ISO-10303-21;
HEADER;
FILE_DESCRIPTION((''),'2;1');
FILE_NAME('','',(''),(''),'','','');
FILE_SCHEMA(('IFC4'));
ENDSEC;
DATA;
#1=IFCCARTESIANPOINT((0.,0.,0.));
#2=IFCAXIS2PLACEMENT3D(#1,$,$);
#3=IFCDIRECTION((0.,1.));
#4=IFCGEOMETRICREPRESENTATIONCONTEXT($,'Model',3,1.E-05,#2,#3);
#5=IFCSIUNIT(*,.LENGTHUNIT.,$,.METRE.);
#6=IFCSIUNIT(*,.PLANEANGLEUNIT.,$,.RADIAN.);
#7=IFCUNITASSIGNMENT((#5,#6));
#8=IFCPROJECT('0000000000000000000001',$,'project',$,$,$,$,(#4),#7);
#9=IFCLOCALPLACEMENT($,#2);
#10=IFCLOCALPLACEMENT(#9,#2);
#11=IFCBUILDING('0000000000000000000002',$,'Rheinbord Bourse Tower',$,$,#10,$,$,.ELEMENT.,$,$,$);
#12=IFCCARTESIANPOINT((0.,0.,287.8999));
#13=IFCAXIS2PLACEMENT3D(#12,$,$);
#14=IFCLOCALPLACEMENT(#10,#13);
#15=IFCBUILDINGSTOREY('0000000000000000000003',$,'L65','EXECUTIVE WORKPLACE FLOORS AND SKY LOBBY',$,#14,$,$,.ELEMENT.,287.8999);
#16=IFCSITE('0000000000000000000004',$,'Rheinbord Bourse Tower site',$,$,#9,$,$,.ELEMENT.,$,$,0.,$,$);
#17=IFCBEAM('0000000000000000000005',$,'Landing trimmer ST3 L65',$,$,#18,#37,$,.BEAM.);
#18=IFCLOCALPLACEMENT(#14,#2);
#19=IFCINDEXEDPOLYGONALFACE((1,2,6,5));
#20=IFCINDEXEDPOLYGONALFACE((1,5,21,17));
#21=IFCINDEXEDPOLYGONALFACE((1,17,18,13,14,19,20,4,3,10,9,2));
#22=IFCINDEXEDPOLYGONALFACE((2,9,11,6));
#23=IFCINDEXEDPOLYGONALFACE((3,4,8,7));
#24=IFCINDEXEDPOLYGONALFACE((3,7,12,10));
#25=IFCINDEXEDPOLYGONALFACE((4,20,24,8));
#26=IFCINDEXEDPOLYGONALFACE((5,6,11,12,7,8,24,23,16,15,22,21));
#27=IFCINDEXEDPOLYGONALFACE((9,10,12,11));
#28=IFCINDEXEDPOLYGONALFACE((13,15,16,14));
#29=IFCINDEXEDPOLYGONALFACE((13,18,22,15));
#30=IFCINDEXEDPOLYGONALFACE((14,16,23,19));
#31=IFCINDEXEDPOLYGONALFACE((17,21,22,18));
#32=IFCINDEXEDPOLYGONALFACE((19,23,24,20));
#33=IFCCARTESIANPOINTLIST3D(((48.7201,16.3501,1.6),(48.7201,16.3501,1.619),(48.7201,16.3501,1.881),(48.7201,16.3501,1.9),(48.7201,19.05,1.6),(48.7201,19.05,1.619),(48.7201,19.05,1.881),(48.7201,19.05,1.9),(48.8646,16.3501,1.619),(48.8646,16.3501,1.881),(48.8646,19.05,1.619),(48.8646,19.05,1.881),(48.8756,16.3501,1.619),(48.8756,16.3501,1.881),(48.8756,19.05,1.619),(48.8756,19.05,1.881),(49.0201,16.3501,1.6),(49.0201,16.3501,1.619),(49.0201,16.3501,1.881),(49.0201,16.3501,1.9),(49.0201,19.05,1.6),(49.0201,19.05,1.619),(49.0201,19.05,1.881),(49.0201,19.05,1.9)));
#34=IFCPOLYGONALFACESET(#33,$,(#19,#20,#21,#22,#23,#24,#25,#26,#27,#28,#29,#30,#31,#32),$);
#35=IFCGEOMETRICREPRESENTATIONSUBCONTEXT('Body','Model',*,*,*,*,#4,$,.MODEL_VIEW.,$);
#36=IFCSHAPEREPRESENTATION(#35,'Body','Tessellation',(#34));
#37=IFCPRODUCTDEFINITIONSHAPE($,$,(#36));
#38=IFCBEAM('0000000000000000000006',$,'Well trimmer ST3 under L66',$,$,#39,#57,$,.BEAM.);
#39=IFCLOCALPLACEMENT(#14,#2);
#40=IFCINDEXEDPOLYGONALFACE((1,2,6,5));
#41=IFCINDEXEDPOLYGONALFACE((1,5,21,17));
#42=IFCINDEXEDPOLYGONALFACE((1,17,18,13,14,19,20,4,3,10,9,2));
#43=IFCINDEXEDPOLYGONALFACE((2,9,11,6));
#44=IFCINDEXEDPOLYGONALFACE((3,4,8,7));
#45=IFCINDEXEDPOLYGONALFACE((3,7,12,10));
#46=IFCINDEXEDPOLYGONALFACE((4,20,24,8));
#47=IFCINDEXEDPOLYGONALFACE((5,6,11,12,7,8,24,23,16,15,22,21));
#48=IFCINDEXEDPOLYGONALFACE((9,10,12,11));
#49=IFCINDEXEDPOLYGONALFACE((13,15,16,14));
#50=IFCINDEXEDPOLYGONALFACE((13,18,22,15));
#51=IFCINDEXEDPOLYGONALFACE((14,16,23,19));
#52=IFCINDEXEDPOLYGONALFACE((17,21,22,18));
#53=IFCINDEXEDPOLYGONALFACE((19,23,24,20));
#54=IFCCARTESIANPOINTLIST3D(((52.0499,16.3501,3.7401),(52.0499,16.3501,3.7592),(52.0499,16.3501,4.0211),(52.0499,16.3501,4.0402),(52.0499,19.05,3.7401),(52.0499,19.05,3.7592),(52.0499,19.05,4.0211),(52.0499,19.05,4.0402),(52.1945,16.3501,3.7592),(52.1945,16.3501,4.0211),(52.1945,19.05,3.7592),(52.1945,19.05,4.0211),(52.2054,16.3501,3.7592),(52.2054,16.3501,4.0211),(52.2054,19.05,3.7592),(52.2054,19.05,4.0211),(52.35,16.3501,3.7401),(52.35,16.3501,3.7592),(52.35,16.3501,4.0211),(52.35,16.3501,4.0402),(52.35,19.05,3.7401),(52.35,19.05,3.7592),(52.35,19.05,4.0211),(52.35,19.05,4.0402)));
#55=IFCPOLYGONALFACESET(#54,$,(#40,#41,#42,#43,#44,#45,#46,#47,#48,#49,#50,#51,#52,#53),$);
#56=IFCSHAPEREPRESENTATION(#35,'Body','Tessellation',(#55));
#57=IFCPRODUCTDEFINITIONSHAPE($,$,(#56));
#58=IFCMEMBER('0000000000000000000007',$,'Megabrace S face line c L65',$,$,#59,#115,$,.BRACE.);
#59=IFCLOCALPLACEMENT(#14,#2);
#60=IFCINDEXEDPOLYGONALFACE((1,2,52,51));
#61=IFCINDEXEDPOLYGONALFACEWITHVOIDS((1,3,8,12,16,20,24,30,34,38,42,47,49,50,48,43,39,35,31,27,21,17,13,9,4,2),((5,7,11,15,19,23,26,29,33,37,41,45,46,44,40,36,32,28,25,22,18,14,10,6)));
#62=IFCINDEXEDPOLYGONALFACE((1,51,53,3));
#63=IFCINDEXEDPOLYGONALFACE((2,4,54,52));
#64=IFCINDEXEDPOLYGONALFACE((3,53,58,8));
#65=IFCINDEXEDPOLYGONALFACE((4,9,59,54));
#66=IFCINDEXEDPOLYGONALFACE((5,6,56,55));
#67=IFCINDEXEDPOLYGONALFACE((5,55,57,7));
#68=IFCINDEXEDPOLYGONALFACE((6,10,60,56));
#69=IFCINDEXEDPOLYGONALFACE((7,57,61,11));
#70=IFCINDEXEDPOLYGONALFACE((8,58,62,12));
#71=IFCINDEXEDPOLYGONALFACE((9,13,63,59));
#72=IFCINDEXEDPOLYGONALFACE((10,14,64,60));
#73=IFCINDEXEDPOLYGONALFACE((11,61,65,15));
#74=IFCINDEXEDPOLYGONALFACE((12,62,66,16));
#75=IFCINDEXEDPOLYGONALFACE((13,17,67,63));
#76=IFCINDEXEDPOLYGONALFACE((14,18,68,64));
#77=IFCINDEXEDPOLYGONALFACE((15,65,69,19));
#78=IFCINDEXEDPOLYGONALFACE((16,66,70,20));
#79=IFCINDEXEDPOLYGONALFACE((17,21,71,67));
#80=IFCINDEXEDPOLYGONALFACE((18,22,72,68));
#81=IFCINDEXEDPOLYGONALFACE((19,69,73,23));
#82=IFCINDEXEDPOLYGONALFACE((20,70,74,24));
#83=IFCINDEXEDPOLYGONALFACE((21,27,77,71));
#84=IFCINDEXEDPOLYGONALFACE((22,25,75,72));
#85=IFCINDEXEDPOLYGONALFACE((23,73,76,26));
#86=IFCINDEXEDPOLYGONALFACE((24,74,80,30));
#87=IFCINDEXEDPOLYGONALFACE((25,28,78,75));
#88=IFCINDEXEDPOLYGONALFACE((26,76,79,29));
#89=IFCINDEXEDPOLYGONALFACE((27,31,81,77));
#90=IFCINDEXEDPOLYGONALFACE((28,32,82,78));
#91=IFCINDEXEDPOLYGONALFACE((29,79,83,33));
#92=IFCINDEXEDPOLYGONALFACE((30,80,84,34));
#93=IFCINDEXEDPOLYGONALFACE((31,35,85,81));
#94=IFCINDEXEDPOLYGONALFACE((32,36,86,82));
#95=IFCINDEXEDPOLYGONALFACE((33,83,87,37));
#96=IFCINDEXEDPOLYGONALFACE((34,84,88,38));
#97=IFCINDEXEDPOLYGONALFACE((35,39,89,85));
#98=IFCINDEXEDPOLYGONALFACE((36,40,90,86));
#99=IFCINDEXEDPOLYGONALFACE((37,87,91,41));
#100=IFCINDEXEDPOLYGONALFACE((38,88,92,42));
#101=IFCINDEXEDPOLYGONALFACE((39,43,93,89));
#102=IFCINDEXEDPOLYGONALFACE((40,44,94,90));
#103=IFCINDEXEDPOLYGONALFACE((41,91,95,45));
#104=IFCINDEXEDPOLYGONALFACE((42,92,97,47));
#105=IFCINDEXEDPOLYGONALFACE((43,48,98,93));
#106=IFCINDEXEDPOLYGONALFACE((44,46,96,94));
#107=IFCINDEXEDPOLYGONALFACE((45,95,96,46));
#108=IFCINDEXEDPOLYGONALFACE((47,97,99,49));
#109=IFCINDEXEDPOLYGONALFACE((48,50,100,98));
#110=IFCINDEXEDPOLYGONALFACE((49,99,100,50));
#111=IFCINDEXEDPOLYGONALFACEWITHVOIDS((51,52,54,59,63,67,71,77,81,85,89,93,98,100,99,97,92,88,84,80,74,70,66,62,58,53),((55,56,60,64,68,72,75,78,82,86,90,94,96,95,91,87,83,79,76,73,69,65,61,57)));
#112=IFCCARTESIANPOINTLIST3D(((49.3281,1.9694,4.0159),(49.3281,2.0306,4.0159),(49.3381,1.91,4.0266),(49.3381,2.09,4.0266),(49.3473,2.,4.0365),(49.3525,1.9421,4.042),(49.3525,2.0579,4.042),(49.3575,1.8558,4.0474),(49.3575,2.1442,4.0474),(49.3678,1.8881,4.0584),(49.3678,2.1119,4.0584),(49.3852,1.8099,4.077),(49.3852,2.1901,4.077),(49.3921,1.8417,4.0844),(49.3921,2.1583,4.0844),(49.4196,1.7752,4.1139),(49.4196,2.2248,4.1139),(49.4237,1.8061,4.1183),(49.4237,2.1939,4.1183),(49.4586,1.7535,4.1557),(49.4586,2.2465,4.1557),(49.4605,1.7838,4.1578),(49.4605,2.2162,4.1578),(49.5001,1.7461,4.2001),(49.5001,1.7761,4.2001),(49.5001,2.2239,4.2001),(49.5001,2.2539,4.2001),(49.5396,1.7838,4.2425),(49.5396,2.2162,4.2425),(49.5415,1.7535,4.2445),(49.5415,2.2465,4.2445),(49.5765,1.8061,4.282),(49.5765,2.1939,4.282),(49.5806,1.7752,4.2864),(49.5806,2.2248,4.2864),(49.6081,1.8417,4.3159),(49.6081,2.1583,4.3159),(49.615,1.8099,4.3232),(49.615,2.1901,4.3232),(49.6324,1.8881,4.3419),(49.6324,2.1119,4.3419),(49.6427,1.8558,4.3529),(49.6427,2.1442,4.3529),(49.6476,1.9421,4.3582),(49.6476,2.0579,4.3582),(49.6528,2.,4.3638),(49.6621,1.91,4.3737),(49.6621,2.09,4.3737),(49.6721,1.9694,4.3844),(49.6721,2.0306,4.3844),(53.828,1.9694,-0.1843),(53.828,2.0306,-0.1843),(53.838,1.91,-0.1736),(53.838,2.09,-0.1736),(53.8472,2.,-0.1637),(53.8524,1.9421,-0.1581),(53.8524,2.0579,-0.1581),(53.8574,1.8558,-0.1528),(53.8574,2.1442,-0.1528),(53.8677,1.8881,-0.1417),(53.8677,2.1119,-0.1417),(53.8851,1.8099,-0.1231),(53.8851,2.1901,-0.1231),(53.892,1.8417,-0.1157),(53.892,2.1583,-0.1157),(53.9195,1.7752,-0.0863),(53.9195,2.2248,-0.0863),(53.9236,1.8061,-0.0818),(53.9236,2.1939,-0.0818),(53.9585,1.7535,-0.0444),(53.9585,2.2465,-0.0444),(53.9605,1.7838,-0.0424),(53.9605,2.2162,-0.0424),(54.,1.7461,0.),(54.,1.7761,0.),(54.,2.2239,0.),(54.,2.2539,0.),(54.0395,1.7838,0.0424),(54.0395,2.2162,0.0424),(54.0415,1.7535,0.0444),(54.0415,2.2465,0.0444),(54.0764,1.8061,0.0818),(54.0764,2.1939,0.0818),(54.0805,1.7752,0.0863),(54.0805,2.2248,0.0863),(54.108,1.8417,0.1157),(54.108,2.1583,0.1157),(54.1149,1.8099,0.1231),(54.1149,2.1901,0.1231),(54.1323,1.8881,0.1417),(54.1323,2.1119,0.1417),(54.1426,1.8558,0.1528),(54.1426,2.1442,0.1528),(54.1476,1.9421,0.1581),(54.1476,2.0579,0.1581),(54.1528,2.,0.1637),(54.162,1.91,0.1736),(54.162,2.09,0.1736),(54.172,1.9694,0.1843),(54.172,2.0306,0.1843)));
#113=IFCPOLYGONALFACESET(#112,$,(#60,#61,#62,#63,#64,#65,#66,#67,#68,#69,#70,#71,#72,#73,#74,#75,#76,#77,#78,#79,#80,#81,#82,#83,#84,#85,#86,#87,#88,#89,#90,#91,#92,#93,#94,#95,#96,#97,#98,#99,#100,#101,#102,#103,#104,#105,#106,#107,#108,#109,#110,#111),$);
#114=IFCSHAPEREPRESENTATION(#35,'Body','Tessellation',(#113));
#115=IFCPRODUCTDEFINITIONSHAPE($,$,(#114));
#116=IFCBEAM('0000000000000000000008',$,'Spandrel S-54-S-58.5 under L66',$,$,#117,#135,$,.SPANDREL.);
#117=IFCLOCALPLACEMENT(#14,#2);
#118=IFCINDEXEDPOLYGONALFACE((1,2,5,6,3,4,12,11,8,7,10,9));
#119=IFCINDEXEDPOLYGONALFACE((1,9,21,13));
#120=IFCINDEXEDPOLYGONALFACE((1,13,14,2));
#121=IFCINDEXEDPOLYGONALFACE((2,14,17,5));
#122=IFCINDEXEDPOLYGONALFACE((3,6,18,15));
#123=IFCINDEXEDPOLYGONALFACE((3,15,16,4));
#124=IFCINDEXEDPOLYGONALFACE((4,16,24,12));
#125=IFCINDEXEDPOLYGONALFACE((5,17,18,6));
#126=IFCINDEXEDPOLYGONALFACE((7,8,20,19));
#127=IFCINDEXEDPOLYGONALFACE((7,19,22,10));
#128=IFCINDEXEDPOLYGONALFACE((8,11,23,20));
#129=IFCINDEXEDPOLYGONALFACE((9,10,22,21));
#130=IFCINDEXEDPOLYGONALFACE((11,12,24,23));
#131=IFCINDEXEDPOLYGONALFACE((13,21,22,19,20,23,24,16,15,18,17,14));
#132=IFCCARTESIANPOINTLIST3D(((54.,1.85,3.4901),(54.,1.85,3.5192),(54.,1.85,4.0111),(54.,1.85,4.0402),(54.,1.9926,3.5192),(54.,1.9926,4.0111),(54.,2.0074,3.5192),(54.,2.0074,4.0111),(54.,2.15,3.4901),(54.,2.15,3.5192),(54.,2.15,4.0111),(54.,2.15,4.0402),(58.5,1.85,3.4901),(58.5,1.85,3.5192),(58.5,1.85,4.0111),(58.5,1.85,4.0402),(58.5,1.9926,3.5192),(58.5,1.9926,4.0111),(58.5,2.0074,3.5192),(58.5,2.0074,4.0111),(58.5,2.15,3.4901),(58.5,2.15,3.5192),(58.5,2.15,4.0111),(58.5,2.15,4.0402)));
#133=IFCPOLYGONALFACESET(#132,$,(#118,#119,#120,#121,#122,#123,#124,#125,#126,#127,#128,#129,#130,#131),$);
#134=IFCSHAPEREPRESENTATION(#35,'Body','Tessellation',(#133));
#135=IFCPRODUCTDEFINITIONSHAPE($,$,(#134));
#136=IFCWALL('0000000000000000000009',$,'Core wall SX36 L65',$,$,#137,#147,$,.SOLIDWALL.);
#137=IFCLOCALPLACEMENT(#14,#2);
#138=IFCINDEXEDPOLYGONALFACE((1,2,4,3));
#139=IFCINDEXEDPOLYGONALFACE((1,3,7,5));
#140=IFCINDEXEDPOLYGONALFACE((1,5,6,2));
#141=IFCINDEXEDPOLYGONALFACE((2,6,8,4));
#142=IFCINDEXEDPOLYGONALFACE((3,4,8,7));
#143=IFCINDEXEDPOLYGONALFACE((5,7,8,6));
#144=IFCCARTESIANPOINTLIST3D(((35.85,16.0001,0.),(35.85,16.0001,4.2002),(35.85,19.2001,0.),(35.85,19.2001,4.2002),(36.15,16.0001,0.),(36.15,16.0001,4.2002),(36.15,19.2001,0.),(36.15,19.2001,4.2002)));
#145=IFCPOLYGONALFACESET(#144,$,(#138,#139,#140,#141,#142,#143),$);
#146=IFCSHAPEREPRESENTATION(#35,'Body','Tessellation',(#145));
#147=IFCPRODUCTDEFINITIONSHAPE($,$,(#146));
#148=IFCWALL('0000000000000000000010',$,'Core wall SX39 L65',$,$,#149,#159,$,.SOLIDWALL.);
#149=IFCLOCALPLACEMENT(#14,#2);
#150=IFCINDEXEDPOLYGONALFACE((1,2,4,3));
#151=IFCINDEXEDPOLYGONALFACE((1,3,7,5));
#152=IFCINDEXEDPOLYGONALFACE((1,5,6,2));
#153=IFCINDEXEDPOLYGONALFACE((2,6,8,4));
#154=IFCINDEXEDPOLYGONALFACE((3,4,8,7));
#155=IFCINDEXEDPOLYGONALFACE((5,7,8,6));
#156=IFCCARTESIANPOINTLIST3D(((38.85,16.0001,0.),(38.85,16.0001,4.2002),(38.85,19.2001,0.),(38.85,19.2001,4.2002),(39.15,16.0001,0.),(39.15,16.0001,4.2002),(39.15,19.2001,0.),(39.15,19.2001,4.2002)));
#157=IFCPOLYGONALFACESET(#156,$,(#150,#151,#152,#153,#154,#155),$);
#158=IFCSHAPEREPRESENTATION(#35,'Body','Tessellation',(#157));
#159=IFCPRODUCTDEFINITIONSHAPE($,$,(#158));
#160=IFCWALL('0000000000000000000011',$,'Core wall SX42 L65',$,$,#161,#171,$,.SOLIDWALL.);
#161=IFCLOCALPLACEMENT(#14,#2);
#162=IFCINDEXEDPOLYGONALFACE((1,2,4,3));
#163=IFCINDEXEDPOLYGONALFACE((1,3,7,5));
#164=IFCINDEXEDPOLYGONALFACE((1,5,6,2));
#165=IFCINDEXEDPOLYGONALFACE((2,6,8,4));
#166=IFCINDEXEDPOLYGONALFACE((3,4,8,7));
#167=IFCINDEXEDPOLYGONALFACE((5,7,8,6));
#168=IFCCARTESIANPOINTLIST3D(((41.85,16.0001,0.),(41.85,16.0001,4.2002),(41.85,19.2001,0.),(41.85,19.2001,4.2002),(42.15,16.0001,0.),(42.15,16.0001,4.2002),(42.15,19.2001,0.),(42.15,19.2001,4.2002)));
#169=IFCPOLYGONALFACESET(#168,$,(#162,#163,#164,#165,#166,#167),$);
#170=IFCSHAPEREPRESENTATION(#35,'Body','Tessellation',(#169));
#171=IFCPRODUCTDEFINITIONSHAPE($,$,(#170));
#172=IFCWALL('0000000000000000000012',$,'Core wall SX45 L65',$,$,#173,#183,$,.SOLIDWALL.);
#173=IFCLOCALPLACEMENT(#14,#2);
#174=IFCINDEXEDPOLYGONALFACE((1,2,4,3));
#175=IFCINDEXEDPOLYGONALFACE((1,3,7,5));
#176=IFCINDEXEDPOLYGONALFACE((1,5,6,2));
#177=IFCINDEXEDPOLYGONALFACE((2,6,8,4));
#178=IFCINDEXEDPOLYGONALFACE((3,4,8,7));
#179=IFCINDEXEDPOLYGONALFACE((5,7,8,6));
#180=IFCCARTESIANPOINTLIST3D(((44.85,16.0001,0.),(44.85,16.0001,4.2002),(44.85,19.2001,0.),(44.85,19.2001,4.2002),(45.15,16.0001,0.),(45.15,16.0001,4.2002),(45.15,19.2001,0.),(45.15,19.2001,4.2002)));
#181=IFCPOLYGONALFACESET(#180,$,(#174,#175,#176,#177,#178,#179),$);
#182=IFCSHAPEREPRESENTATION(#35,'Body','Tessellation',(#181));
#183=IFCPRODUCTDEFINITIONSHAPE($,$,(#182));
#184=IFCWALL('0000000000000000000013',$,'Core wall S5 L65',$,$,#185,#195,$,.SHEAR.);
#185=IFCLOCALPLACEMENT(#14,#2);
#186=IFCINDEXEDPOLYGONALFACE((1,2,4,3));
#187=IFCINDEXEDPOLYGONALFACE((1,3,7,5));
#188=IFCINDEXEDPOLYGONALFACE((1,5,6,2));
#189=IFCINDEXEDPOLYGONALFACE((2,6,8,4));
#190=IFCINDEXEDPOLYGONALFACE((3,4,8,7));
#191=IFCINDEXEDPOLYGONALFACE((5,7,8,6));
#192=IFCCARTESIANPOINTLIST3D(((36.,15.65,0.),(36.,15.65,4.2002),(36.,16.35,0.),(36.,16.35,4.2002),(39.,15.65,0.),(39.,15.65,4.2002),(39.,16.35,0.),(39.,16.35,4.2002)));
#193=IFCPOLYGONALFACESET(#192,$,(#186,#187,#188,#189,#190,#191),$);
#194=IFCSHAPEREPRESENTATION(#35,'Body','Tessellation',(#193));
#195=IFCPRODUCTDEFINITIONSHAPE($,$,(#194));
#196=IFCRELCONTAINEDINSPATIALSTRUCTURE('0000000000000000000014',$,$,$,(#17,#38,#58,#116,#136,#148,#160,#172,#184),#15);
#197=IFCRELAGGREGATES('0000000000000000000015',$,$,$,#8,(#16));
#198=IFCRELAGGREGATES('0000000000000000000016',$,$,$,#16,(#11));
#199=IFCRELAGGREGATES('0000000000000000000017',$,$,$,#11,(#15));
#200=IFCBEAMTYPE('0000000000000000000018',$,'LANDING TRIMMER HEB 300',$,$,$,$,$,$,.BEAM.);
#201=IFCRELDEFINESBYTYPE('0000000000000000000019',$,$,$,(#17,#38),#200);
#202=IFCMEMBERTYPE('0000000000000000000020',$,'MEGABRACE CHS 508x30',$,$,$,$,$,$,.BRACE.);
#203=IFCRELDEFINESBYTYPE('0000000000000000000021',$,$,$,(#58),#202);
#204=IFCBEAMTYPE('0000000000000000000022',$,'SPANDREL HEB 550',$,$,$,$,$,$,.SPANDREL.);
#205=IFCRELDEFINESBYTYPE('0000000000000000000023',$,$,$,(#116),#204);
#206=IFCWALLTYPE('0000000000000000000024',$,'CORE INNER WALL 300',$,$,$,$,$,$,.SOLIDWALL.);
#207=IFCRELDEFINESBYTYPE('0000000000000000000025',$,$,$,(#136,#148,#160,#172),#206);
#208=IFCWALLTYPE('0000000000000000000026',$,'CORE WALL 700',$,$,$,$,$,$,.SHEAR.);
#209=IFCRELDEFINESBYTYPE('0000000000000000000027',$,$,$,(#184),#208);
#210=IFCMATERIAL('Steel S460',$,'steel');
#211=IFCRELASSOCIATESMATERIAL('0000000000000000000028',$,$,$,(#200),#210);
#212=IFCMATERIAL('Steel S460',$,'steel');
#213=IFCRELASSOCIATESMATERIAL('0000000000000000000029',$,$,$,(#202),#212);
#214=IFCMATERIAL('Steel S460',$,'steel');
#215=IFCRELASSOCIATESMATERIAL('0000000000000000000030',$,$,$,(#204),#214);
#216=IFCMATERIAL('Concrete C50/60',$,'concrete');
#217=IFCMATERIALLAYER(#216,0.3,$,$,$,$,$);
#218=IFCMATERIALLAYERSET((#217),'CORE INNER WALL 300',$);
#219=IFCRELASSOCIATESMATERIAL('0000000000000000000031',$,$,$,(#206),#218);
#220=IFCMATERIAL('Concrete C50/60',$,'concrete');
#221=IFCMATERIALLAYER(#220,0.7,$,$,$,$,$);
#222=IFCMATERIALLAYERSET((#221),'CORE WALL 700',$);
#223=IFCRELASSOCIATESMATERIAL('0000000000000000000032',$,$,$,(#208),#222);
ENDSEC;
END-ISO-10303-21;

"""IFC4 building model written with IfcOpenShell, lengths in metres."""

from ifc_helpers import new_model, si_unit, direction, frame, frame_2d, origin, origin_2d, place, context, subcontext, project, spatial, rectangle, hollow_circle, i_section, extrude, material, layer, layer_set, material_profile, profile_set, type_object, element, save


model = new_model("IFC4")

# Units and contexts
model_context = context("Model", 3, precision=1e-05, world=origin(), true_north=direction((0.0, 1.0)))
body_context = subcontext(model_context, "Body", "Model", "MODEL_VIEW")
ifc_project = project(units=[si_unit("LENGTHUNIT", "METRE"), si_unit("PLANEANGLEUNIT", "RADIAN")], contexts=[model_context])

# Site, building, storey
site_placement = place(None, origin())
site = spatial("IfcSite", under=ifc_project, at=site_placement, Name="Rheinbord Bourse Tower site", CompositionType="ELEMENT", RefElevation=0.0)
building_placement = place(site_placement, origin())
building = spatial("IfcBuilding", under=site, at=building_placement, Name="Rheinbord Bourse Tower", CompositionType="ELEMENT")
storey_placement = place(building_placement, frame((0.0, 0.0, 287.8999)))
storey = spatial("IfcBuildingStorey", under=building, at=storey_placement, Name="L65", Description="EXECUTIVE WORKPLACE FLOORS AND SKY LOBBY", CompositionType="ELEMENT", Elevation=287.8999)

# Beams
ifc_material_1 = material(Name="Steel S460", Category="steel")
ifc_material_profile_1 = material_profile(ifc_material_1, i_section(OverallWidth=0.3, OverallDepth=0.3, WebThickness=0.011, FlangeThickness=0.019, at=origin_2d()), Name="HEB 300")
ifc_profile_set_1 = profile_set([ifc_material_profile_1], Name="Steel S460")
beam_type_1 = type_object("IfcBeamType", Name="LANDING TRIMMER HEB 300", PredefinedType="BEAM", material=ifc_profile_set_1)
for number, where, z_axis, x_axis, name in (
    (1, (48.8701, 16.3501, 1.75), (0.0, 1.0, 0.0), (-1.0, 0.0, 0.0), "Landing trimmer ST3 L65"),
    (2, (52.2, 16.3501, 3.8901), (0.0, 1.0, 0.0), (-1.0, 0.0, 0.0), "Well trimmer ST3 under L66"),
):
    element("IfcBeam", number, at=place(storey_placement, frame(where, z_axis=z_axis, x_axis=x_axis)), inside=storey, type_object=beam_type_1, Name=name, PredefinedType="BEAM", context=body_context, shape_type="SweptSolid", body=[
        extrude(i_section(OverallWidth=0.3, OverallDepth=0.3, WebThickness=0.011, FlangeThickness=0.019, at=origin_2d()), origin(), (0.0, 0.0, 1.0), 2.7),
    ])

# Member
ifc_material_2 = material(Name="Steel S460", Category="steel")
ifc_material_profile_2 = material_profile(ifc_material_2, hollow_circle(Radius=0.2539, WallThickness=0.03, at=origin_2d()), Name="CHS 508x30")
ifc_profile_set_2 = profile_set([ifc_material_profile_2], Name="Steel S460")
member_type = type_object("IfcMemberType", Name="MEGABRACE CHS 508x30", PredefinedType="BRACE", material=ifc_profile_set_2)
member_placement = place(storey_placement, frame((54.0, 2.0, 0.0), z_axis=(-0.731039, 0.0, 0.682335), x_axis=(0.0, -1.0, 0.0)))
element("IfcMember", 3, at=member_placement, inside=storey, type_object=member_type, Name="Megabrace S face line c L65", PredefinedType="BRACE", context=body_context, shape_type="SweptSolid", body=[
    extrude(hollow_circle(Radius=0.2539, WallThickness=0.03, at=origin_2d()), origin(), (0.0, 0.0, 1.0), 6.1555),
])

# Beam
ifc_material_3 = material(Name="Steel S460", Category="steel")
ifc_material_profile_3 = material_profile(ifc_material_3, i_section(OverallWidth=0.3, OverallDepth=0.55, WebThickness=0.0149, FlangeThickness=0.0291, at=origin_2d()), Name="HEB 550")
ifc_profile_set_3 = profile_set([ifc_material_profile_3], Name="Steel S460")
beam_type_2 = type_object("IfcBeamType", Name="SPANDREL HEB 550", PredefinedType="SPANDREL", material=ifc_profile_set_3)
beam_placement = place(storey_placement, frame((54.0, 2.0, 3.7651), z_axis=(1.0, 0.0, 0.0), x_axis=(0.0, 1.0, 0.0)))
element("IfcBeam", 4, at=beam_placement, inside=storey, type_object=beam_type_2, Name="Spandrel S-54-S-58.5 under L66", PredefinedType="SPANDREL", context=body_context, shape_type="SweptSolid", body=[
    extrude(i_section(OverallWidth=0.3, OverallDepth=0.55, WebThickness=0.0149, FlangeThickness=0.0291, at=origin_2d()), origin(), (0.0, 0.0, 1.0), 4.5),
])

# Walls
ifc_material_4 = material(Name="Concrete C50/60", Category="concrete")
ifc_layer_1 = layer(ifc_material_4, 0.3)
ifc_layer_set_1 = layer_set([ifc_layer_1], Name="CORE INNER WALL 300")
wall_type_1 = type_object("IfcWallType", Name="CORE INNER WALL 300", PredefinedType="SOLIDWALL", material=ifc_layer_set_1)
for number, where, z_axis, x_axis, name in (
    (5, (36.0, 16.0, 0.0), (0.0, 0.0, 1.0), (0.0, 1.0, 0.0), "Core wall SX36 L65"),
    (6, (39.0, 16.0, 0.0), (0.0, 0.0, 1.0), (0.0, 1.0, 0.0), "Core wall SX39 L65"),
    (7, (42.0, 16.0, 0.0), (0.0, 0.0, 1.0), (0.0, 1.0, 0.0), "Core wall SX42 L65"),
    (8, (45.0, 16.0, 0.0), (0.0, 0.0, 1.0), (0.0, 1.0, 0.0), "Core wall SX45 L65"),
):
    element("IfcWall", number, at=place(storey_placement, frame(where, z_axis=z_axis, x_axis=x_axis)), inside=storey, type_object=wall_type_1, Name=name, PredefinedType="SOLIDWALL", context=body_context, shape_type="SweptSolid", body=[
        extrude(rectangle(XDim=3.2, YDim=0.3, at=frame_2d((1.6001, 0.0))), origin(), (0.0, 0.0, 1.0), 4.2002),
    ])
ifc_material_5 = material(Name="Concrete C50/60", Category="concrete")
ifc_layer_2 = layer(ifc_material_5, 0.7)
ifc_layer_set_2 = layer_set([ifc_layer_2], Name="CORE WALL 700")
wall_type_2 = type_object("IfcWallType", Name="CORE WALL 700", PredefinedType="SHEAR", material=ifc_layer_set_2)
for number, where, z_axis, x_axis, name in (
    (9, (36.0, 16.0, 0.0), (0.0, 0.0, 1.0), (1.0, 0.0, 0.0), "Core wall S5 L65"),
):
    element("IfcWall", number, at=place(storey_placement, frame(where, z_axis=z_axis, x_axis=x_axis)), inside=storey, type_object=wall_type_2, Name=name, PredefinedType="SHEAR", context=body_context, shape_type="SweptSolid", body=[
        extrude(rectangle(XDim=3.0, YDim=0.7, at=frame_2d((1.5, 0.0))), origin(), (0.0, 0.0, 1.0), 4.2002),
    ])

save(model, "model.ifc")
